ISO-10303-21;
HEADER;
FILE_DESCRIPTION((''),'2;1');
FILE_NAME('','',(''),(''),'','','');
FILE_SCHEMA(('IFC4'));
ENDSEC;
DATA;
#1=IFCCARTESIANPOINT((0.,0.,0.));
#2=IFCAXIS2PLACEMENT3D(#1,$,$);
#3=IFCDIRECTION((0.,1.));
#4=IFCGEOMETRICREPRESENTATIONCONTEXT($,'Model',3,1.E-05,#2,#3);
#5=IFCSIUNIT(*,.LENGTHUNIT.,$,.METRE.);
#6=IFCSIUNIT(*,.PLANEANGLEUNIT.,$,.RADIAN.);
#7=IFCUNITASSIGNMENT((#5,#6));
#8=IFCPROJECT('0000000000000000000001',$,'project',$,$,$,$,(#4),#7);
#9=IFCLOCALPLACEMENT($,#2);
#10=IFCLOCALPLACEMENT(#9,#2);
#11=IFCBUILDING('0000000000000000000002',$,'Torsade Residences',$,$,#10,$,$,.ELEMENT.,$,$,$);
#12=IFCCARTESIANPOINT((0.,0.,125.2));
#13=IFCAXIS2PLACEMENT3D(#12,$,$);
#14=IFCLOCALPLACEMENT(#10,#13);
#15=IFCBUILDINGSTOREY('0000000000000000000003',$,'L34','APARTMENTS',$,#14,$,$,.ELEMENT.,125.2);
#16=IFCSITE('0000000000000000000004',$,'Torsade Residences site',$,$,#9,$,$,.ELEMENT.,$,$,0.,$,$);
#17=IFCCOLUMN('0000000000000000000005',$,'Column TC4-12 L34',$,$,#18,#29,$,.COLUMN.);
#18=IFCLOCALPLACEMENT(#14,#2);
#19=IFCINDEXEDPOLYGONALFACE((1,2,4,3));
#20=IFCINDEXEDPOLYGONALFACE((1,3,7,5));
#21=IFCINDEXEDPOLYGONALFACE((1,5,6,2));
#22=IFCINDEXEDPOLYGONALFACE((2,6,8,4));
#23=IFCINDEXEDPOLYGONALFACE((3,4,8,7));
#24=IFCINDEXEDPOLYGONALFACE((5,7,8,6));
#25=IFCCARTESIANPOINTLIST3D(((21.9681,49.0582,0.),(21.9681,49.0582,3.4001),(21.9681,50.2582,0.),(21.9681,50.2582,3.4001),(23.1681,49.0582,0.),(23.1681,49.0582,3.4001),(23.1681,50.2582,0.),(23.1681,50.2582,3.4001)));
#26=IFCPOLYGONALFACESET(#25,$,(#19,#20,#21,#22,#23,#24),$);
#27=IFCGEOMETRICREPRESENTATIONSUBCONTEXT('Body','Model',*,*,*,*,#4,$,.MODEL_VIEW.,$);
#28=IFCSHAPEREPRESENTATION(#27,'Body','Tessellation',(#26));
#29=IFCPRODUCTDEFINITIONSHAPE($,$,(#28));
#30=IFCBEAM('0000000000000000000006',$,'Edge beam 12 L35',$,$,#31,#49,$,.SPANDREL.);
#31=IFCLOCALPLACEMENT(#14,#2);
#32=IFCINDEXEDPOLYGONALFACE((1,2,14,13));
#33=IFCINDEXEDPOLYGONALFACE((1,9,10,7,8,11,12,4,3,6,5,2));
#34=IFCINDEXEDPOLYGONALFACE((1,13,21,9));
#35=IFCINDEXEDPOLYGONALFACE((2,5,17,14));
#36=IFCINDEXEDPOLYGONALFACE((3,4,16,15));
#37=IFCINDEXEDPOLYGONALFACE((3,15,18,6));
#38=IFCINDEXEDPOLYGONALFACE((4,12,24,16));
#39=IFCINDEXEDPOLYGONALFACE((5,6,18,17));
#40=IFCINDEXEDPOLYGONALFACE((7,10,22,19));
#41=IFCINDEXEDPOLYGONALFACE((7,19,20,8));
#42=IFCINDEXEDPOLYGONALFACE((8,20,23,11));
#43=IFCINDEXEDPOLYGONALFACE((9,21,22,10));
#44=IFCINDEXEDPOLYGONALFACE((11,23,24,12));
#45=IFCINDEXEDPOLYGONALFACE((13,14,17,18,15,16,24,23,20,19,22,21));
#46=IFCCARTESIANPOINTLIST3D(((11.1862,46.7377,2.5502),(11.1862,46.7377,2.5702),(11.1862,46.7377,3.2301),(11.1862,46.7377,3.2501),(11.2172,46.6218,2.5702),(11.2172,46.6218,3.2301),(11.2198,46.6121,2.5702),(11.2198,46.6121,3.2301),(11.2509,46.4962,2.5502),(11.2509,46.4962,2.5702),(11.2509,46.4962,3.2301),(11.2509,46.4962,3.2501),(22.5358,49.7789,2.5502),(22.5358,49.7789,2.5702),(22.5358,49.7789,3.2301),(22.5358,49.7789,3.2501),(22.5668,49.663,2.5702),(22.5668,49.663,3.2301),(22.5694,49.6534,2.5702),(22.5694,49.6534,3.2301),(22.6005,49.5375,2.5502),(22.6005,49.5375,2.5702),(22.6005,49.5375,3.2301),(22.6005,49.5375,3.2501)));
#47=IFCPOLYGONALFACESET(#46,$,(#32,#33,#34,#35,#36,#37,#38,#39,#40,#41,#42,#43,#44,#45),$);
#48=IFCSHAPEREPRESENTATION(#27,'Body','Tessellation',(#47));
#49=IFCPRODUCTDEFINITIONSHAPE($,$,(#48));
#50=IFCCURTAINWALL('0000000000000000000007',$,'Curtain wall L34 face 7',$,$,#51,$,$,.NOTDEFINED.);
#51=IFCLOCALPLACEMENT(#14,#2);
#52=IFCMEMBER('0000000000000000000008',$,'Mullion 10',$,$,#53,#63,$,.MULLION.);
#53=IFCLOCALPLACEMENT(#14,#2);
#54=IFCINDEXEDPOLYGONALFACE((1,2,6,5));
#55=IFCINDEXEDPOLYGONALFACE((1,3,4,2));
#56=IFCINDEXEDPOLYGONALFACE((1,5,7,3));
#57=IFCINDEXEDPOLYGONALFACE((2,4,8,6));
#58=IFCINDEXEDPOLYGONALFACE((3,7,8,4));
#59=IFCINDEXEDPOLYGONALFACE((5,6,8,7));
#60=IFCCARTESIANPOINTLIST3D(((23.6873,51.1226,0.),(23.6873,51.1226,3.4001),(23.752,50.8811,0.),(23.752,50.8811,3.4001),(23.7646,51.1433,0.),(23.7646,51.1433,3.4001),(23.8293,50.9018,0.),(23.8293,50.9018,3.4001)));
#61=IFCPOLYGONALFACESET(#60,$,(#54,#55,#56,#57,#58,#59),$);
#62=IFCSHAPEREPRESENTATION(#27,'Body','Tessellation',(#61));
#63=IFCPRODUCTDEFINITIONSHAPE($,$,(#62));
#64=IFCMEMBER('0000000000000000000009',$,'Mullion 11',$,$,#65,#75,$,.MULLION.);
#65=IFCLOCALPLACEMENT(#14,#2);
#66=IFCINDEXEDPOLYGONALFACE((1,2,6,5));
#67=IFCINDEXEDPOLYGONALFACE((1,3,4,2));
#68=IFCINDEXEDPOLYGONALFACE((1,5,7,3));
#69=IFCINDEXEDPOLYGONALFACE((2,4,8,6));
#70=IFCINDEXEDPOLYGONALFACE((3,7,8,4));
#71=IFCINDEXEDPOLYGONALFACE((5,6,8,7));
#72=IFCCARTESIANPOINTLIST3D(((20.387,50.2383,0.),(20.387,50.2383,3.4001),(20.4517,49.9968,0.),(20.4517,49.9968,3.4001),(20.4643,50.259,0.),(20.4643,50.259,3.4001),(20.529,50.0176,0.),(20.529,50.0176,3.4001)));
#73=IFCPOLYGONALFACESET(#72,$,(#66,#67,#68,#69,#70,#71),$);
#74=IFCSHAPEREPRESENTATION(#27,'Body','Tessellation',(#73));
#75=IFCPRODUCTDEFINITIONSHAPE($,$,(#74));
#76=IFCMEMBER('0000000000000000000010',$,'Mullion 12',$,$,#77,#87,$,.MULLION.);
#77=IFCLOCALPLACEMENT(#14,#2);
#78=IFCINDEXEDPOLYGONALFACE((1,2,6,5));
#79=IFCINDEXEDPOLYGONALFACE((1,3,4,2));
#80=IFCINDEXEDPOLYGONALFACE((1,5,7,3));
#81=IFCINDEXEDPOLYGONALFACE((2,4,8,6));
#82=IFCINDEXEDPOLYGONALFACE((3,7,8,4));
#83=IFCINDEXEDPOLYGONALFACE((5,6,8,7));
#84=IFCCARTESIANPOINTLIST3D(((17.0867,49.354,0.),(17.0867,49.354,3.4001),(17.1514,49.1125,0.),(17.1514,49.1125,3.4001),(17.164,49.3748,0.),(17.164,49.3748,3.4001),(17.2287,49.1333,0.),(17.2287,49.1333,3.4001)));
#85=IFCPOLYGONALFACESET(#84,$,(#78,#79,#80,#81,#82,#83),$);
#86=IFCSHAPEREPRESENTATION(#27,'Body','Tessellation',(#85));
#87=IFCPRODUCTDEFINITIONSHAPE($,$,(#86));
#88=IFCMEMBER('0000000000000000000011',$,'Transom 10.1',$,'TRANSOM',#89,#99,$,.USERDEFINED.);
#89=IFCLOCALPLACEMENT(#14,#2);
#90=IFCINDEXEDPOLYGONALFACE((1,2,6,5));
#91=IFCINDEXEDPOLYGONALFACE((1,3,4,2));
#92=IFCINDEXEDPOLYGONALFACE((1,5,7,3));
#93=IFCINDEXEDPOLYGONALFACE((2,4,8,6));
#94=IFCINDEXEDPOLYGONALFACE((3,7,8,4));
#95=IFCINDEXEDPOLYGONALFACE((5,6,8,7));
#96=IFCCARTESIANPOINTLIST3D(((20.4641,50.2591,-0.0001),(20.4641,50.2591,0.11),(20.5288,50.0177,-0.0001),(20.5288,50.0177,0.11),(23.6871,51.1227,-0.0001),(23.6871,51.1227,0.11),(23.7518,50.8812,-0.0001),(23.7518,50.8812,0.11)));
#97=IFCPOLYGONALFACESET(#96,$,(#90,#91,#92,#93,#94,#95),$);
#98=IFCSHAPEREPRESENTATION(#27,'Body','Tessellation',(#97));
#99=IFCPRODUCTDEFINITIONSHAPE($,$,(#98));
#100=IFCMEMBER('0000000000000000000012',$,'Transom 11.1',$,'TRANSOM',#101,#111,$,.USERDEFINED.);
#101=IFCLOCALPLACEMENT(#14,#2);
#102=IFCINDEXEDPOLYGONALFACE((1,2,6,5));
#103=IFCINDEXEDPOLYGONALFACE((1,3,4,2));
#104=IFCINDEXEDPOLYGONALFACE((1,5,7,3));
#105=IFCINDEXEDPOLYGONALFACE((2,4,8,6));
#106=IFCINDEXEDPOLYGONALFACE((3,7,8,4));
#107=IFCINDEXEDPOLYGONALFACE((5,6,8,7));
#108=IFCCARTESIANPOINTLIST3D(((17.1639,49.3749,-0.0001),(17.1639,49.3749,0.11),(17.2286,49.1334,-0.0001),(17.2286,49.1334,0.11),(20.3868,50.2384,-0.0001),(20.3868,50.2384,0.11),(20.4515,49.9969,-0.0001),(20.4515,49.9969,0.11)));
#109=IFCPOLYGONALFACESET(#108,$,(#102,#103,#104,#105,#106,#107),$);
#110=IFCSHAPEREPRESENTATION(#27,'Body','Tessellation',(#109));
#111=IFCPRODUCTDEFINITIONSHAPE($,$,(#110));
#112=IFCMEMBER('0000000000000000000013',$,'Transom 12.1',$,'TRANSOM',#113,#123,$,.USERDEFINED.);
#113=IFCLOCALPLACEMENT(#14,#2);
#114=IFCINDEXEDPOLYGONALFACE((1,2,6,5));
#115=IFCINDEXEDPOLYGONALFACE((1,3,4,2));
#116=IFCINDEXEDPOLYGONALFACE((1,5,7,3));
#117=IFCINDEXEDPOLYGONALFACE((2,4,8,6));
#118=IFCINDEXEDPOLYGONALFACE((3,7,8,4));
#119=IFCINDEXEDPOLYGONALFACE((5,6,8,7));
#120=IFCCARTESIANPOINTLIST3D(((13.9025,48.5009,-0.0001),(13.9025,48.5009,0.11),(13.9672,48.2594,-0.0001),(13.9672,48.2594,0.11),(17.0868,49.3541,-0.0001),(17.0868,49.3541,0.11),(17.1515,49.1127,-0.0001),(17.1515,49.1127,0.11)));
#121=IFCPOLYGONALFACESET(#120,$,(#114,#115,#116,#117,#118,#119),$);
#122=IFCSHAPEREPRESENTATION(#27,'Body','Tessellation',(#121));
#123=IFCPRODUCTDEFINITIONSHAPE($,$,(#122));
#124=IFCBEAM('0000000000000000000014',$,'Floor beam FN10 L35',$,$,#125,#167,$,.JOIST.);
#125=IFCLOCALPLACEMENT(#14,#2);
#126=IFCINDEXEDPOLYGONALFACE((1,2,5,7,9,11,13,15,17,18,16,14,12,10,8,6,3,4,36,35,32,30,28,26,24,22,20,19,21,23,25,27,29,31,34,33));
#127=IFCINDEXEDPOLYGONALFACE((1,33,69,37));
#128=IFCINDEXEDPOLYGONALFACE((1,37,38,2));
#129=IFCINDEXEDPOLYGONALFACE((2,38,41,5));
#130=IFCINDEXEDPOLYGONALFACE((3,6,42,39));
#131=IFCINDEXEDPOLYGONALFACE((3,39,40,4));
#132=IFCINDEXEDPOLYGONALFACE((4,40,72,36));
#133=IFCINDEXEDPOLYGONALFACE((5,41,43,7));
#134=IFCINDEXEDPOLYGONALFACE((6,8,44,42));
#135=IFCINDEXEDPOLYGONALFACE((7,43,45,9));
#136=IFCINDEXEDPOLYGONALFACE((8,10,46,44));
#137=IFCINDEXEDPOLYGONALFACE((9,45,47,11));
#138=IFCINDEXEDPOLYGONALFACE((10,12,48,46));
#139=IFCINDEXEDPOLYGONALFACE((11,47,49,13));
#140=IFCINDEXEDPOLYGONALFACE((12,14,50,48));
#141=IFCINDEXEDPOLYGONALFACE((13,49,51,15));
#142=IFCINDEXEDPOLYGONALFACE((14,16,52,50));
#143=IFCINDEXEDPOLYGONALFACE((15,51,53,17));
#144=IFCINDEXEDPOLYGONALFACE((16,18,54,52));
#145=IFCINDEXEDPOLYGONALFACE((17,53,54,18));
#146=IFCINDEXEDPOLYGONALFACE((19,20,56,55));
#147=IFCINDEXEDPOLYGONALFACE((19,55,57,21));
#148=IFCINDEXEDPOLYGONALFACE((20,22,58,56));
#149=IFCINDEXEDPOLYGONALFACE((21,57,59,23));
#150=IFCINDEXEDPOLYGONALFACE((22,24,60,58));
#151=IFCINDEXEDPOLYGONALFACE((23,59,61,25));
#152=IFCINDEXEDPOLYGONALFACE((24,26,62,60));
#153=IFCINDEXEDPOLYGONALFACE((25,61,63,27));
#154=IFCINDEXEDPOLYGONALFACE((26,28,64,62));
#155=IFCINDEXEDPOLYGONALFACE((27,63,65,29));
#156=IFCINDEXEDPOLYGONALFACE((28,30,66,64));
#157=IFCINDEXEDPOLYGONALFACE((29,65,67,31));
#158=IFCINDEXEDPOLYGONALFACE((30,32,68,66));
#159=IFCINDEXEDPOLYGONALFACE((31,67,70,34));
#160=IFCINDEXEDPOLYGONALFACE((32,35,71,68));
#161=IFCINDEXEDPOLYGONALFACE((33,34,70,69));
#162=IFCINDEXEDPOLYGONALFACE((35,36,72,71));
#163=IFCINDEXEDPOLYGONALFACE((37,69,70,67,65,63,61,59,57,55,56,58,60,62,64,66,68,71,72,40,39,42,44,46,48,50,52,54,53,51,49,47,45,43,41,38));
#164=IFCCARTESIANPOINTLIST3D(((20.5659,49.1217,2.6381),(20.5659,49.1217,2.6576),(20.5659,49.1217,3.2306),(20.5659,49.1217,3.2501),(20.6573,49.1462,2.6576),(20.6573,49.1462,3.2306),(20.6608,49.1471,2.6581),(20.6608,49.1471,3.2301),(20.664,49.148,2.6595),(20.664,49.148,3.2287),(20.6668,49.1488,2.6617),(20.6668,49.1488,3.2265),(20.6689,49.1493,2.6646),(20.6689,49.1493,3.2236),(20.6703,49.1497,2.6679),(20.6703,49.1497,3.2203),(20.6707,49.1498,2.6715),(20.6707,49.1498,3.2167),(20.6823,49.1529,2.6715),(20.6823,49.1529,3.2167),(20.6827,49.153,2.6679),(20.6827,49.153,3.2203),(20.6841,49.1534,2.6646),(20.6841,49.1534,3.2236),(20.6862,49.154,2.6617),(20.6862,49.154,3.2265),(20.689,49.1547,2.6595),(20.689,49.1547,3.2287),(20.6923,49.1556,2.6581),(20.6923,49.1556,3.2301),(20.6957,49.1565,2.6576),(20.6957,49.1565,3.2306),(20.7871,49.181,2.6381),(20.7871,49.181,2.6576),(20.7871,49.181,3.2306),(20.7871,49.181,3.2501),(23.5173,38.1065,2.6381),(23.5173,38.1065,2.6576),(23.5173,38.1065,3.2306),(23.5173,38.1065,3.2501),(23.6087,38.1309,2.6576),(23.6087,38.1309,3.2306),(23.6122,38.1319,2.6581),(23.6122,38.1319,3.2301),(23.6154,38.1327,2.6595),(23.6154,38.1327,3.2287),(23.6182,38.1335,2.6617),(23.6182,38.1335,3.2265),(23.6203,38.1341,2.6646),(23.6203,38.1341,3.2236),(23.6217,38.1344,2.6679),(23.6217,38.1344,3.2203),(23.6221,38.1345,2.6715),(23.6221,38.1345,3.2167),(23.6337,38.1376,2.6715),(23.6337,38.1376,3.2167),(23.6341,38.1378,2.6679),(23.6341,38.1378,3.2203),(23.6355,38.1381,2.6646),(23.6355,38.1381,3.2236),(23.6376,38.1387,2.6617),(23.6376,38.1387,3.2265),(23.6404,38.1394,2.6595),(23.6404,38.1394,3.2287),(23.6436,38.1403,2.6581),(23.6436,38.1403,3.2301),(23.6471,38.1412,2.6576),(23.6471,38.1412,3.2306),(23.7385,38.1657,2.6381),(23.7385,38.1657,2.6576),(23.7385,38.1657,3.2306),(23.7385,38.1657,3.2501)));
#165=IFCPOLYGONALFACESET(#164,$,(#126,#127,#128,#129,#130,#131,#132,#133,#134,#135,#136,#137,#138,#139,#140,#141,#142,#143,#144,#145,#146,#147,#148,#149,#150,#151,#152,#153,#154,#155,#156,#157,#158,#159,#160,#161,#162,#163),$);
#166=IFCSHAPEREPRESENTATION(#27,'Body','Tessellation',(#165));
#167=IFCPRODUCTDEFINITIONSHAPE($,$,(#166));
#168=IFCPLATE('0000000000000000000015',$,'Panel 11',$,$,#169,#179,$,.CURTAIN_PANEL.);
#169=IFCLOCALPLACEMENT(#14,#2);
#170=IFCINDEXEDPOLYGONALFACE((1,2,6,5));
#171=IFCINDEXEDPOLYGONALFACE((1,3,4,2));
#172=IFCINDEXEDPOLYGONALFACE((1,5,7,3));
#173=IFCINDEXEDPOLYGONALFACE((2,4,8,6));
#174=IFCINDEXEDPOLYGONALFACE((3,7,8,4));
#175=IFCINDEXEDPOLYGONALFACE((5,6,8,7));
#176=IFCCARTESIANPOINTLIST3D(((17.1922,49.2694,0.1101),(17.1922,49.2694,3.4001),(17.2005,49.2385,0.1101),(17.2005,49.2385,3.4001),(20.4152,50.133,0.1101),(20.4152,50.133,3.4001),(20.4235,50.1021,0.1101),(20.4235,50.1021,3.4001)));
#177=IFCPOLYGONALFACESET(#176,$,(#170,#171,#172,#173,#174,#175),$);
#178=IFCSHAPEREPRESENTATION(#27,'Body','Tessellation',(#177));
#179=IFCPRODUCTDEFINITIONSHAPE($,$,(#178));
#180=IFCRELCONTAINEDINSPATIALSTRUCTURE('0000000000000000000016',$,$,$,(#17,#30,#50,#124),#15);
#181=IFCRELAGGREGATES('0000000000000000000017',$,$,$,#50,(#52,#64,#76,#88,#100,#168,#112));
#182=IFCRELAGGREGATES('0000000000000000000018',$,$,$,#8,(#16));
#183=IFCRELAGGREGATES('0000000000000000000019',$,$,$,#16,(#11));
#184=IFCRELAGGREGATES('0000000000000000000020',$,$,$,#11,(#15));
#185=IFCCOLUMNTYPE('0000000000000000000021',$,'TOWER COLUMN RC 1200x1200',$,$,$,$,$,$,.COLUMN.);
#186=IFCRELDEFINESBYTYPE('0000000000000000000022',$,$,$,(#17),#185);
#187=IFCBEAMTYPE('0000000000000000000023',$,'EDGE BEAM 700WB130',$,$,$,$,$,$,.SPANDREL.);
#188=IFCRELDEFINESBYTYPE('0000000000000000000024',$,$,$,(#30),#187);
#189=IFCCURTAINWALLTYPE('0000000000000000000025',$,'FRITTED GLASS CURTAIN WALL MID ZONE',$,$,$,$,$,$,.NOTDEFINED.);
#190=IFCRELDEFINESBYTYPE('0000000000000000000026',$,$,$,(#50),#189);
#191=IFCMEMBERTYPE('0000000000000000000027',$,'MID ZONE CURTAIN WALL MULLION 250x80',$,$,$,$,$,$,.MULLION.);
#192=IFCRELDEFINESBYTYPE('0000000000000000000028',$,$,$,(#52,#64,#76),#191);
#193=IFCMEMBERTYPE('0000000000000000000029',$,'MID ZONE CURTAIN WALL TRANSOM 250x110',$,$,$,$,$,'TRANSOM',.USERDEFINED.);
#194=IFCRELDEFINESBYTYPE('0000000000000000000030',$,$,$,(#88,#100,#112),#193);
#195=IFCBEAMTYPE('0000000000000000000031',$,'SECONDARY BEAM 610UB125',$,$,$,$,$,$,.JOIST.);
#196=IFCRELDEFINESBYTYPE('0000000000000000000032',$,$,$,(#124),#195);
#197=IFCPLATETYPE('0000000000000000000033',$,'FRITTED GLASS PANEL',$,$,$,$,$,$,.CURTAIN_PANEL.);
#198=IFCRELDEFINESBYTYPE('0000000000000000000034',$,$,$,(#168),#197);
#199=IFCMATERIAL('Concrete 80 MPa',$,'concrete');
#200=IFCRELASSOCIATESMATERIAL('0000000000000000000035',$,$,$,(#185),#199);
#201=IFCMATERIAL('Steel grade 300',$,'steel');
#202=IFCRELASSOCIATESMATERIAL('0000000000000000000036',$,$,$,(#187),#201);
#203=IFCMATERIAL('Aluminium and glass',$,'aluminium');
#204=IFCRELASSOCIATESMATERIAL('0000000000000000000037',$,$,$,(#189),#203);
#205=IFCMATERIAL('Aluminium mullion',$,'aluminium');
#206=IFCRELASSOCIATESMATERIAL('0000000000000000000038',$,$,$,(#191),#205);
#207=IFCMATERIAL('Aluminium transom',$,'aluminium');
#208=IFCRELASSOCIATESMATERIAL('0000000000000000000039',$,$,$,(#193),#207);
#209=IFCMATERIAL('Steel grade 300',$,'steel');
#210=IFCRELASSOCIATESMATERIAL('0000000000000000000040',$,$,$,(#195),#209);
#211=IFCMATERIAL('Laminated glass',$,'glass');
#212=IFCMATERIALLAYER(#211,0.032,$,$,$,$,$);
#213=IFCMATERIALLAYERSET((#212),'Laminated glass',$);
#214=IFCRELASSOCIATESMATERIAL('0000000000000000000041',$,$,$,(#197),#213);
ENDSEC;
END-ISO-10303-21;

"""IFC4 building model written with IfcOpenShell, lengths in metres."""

from ifc_helpers import new_model, si_unit, direction, frame, origin, origin_2d, place, context, subcontext, project, spatial, rectangle, i_section, extrude, material, layer, layer_set, material_profile, profile_set, type_object, element, aggregate, save


model = new_model("IFC4")

# Units and contexts
model_context = context("Model", 3, precision=1e-05, world=origin(), true_north=direction((0.0, 1.0)))
body_context = subcontext(model_context, "Body", "Model", "MODEL_VIEW")
ifc_project = project(units=[si_unit("LENGTHUNIT", "METRE"), si_unit("PLANEANGLEUNIT", "RADIAN")], contexts=[model_context])

# Site, building, storey
site_placement = place(None, origin())
site = spatial("IfcSite", under=ifc_project, at=site_placement, Name="Torsade Residences site", CompositionType="ELEMENT", RefElevation=0.0)
building_placement = place(site_placement, origin())
building = spatial("IfcBuilding", under=site, at=building_placement, Name="Torsade Residences", CompositionType="ELEMENT")
storey_placement = place(building_placement, frame((0.0, 0.0, 125.2)))
storey = spatial("IfcBuildingStorey", under=building, at=storey_placement, Name="L34", Description="APARTMENTS", CompositionType="ELEMENT", Elevation=125.2)

# Column
ifc_material_1 = material(Name="Concrete 80 MPa", Category="concrete")
ifc_material_profile_1 = material_profile(ifc_material_1, rectangle(XDim=1.2, YDim=1.2, at=origin_2d()), Name="RC 1200x1200")
ifc_profile_set_1 = profile_set([ifc_material_profile_1], Name="Concrete 80 MPa")
column_type = type_object("IfcColumnType", Name="TOWER COLUMN RC 1200x1200", PredefinedType="COLUMN", material=ifc_profile_set_1)
column_placement = place(storey_placement, frame((22.5681, 49.6582, 0.0), z_axis=(0.0, 0.0, 1.0), x_axis=(1.0, 0.0, 0.0)))
element("IfcColumn", 1, at=column_placement, inside=storey, type_object=column_type, Name="Column TC4-12 L34", PredefinedType="COLUMN", context=body_context, shape_type="SweptSolid", body=[
    extrude(rectangle(XDim=1.2, YDim=1.2, at=origin_2d()), origin(), (0.0, 0.0, 1.0), 3.4001),
])

# Beam
ifc_material_2 = material(Name="Steel grade 300", Category="steel")
ifc_material_profile_2 = material_profile(ifc_material_2, i_section(OverallWidth=0.25, OverallDepth=0.7, WebThickness=0.01, FlangeThickness=0.02, at=origin_2d()), Name="700WB130")
ifc_profile_set_2 = profile_set([ifc_material_profile_2], Name="Steel grade 300")
beam_type_1 = type_object("IfcBeamType", Name="EDGE BEAM 700WB130", PredefinedType="SPANDREL", material=ifc_profile_set_2)
beam_1_placement = place(storey_placement, frame((22.5681, 49.6582, 2.9001), z_axis=(-0.965923, -0.25883, 0.0), x_axis=(0.25883, -0.965923, 0.0)))
element("IfcBeam", 2, at=beam_1_placement, inside=storey, type_object=beam_type_1, Name="Edge beam 12 L35", PredefinedType="SPANDREL", context=body_context, shape_type="SweptSolid", body=[
    extrude(i_section(OverallWidth=0.25, OverallDepth=0.7, WebThickness=0.01, FlangeThickness=0.02, at=origin_2d()), origin(), (0.0, 0.0, 1.0), 11.75),
])

# Curtain wall, members
ifc_material_3 = material(Name="Aluminium and glass", Category="aluminium")
curtain_wall_type = type_object("IfcCurtainWallType", Name="FRITTED GLASS CURTAIN WALL MID ZONE", PredefinedType="NOTDEFINED", material=ifc_material_3)
curtain_wall_placement = place(storey_placement, origin())
curtain_wall = element("IfcCurtainWall", 3, at=curtain_wall_placement, inside=storey, type_object=curtain_wall_type, Name="Curtain wall L34 face 7", PredefinedType="NOTDEFINED")
ifc_material_4 = material(Name="Aluminium mullion", Category="aluminium")
ifc_material_profile_3 = material_profile(ifc_material_4, rectangle(XDim=0.25, YDim=0.0801, at=origin_2d()), Name="MID ZONE CURTAIN WALL MULLION 250x80")
ifc_profile_set_3 = profile_set([ifc_material_profile_3], Name="Aluminium mullion")
member_type_1 = type_object("IfcMemberType", Name="MID ZONE CURTAIN WALL MULLION 250x80", PredefinedType="MULLION", material=ifc_profile_set_3)
member_1_placement = place(storey_placement, frame((23.7583, 51.0122, 0.0), z_axis=(0.0, 0.0, 1.0), x_axis=(0.258819, -0.965926, 0.0)))
member_1 = element("IfcMember", 4, at=member_1_placement, type_object=member_type_1, Name="Mullion 10", PredefinedType="MULLION", context=body_context, shape_type="SweptSolid", body=[
    extrude(rectangle(XDim=0.25, YDim=0.0801, at=origin_2d()), origin(), (0.0, 0.0, 1.0), 3.4001),
])
member_2_placement = place(storey_placement, frame((20.458, 50.1279, 0.0), z_axis=(0.0, 0.0, 1.0), x_axis=(0.258819, -0.965926, 0.0)))
member_2 = element("IfcMember", 5, at=member_2_placement, type_object=member_type_1, Name="Mullion 11", PredefinedType="MULLION", context=body_context, shape_type="SweptSolid", body=[
    extrude(rectangle(XDim=0.25, YDim=0.0801, at=origin_2d()), origin(), (0.0, 0.0, 1.0), 3.4001),
])
member_3_placement = place(storey_placement, frame((17.1577, 49.2437, 0.0), z_axis=(0.0, 0.0, 1.0), x_axis=(0.258819, -0.965926, 0.0)))
member_3 = element("IfcMember", 6, at=member_3_placement, type_object=member_type_1, Name="Mullion 12", PredefinedType="MULLION", context=body_context, shape_type="SweptSolid", body=[
    extrude(rectangle(XDim=0.25, YDim=0.0801, at=origin_2d()), origin(), (0.0, 0.0, 1.0), 3.4001),
])
ifc_material_5 = material(Name="Aluminium transom", Category="aluminium")
ifc_material_profile_4 = material_profile(ifc_material_5, rectangle(XDim=0.25, YDim=0.1101, at=origin_2d()), Name="MID ZONE CURTAIN WALL TRANSOM 250x110")
ifc_profile_set_4 = profile_set([ifc_material_profile_4], Name="Aluminium transom")
member_type_2 = type_object("IfcMemberType", Name="MID ZONE CURTAIN WALL TRANSOM 250x110", ElementType="TRANSOM", PredefinedType="USERDEFINED", material=ifc_profile_set_4)
member_4_placement = place(storey_placement, frame((23.7195, 51.002, 0.0549), z_axis=(-0.965929, -0.258806, 0.0), x_axis=(0.258806, -0.965929, 0.0)))
member_4 = element("IfcMember", 7, at=member_4_placement, type_object=member_type_2, Name="Transom 10.1", ObjectType="TRANSOM", PredefinedType="USERDEFINED", context=body_context, shape_type="SweptSolid", body=[
    extrude(rectangle(XDim=0.25, YDim=0.1101, at=origin_2d()), origin(), (0.0, 0.0, 1.0), 3.3367),
])
member_5_placement = place(storey_placement, frame((20.4192, 50.1177, 0.0549), z_axis=(-0.965929, -0.258806, 0.0), x_axis=(0.258806, -0.965929, 0.0)))
member_5 = element("IfcMember", 8, at=member_5_placement, type_object=member_type_2, Name="Transom 11.1", ObjectType="TRANSOM", PredefinedType="USERDEFINED", context=body_context, shape_type="SweptSolid", body=[
    extrude(rectangle(XDim=0.25, YDim=0.1101, at=origin_2d()), origin(), (0.0, 0.0, 1.0), 3.3367),
])
member_6_placement = place(storey_placement, frame((17.1191, 49.2334, 0.0549), z_axis=(-0.965923, -0.258829, 0.0), x_axis=(0.258829, -0.965923, 0.0)))
member_6 = element("IfcMember", 9, at=member_6_placement, type_object=member_type_2, Name="Transom 12.1", ObjectType="TRANSOM", PredefinedType="USERDEFINED", context=body_context, shape_type="SweptSolid", body=[
    extrude(rectangle(XDim=0.25, YDim=0.1101, at=origin_2d()), origin(), (0.0, 0.0, 1.0), 3.2966),
])

# Beam
ifc_material_6 = material(Name="Steel grade 300", Category="steel")
ifc_material_profile_5 = material_profile(ifc_material_6, i_section(OverallWidth=0.229, OverallDepth=0.6121, WebThickness=0.012, FlangeThickness=0.0195, FilletRadius=0.0139, at=origin_2d()), Name="610UB125")
ifc_profile_set_5 = profile_set([ifc_material_profile_5], Name="Steel grade 300")
beam_type_2 = type_object("IfcBeamType", Name="SECONDARY BEAM 610UB125", PredefinedType="JOIST", material=ifc_profile_set_5)
beam_2_placement = place(storey_placement, frame((20.6765, 49.1514, 2.9441), z_axis=(0.258807, -0.965929, 0.0), x_axis=(0.965929, 0.258807, 0.0)))
element("IfcBeam", 10, at=beam_2_placement, inside=storey, type_object=beam_type_2, Name="Floor beam FN10 L35", PredefinedType="JOIST", context=body_context, shape_type="SweptSolid", body=[
    extrude(i_section(OverallWidth=0.229, OverallDepth=0.6121, WebThickness=0.012, FlangeThickness=0.0195, FilletRadius=0.0139, at=origin_2d()), origin(), (0.0, 0.0, 1.0), 11.4038),
])

# Plate
ifc_material_7 = material(Name="Laminated glass", Category="glass")
ifc_layer_1 = layer(ifc_material_7, 0.032)
ifc_layer_set_1 = layer_set([ifc_layer_1], Name="Laminated glass")
plate_type_1 = type_object("IfcPlateType", Name="FRITTED GLASS PANEL", PredefinedType="CURTAIN_PANEL", material=ifc_layer_set_1)
plate_1_placement = place(storey_placement, frame((18.8079, 49.6858, 0.1101), z_axis=(0.0, 0.0, 1.0), x_axis=(-0.965926, -0.258819, 0.0)))
plate_1 = element("IfcPlate", 11, at=plate_1_placement, type_object=plate_type_1, Name="Panel 11", PredefinedType="CURTAIN_PANEL", context=body_context, shape_type="SweptSolid", body=[
    extrude(rectangle(XDim=3.3367, YDim=0.032, at=origin_2d()), origin(), (0.0, 0.0, 1.0), 3.29),
])
aggregate(curtain_wall, [member_1, member_2, member_3, member_4, member_5, plate_1, member_6])

save(model, "model.ifc")
